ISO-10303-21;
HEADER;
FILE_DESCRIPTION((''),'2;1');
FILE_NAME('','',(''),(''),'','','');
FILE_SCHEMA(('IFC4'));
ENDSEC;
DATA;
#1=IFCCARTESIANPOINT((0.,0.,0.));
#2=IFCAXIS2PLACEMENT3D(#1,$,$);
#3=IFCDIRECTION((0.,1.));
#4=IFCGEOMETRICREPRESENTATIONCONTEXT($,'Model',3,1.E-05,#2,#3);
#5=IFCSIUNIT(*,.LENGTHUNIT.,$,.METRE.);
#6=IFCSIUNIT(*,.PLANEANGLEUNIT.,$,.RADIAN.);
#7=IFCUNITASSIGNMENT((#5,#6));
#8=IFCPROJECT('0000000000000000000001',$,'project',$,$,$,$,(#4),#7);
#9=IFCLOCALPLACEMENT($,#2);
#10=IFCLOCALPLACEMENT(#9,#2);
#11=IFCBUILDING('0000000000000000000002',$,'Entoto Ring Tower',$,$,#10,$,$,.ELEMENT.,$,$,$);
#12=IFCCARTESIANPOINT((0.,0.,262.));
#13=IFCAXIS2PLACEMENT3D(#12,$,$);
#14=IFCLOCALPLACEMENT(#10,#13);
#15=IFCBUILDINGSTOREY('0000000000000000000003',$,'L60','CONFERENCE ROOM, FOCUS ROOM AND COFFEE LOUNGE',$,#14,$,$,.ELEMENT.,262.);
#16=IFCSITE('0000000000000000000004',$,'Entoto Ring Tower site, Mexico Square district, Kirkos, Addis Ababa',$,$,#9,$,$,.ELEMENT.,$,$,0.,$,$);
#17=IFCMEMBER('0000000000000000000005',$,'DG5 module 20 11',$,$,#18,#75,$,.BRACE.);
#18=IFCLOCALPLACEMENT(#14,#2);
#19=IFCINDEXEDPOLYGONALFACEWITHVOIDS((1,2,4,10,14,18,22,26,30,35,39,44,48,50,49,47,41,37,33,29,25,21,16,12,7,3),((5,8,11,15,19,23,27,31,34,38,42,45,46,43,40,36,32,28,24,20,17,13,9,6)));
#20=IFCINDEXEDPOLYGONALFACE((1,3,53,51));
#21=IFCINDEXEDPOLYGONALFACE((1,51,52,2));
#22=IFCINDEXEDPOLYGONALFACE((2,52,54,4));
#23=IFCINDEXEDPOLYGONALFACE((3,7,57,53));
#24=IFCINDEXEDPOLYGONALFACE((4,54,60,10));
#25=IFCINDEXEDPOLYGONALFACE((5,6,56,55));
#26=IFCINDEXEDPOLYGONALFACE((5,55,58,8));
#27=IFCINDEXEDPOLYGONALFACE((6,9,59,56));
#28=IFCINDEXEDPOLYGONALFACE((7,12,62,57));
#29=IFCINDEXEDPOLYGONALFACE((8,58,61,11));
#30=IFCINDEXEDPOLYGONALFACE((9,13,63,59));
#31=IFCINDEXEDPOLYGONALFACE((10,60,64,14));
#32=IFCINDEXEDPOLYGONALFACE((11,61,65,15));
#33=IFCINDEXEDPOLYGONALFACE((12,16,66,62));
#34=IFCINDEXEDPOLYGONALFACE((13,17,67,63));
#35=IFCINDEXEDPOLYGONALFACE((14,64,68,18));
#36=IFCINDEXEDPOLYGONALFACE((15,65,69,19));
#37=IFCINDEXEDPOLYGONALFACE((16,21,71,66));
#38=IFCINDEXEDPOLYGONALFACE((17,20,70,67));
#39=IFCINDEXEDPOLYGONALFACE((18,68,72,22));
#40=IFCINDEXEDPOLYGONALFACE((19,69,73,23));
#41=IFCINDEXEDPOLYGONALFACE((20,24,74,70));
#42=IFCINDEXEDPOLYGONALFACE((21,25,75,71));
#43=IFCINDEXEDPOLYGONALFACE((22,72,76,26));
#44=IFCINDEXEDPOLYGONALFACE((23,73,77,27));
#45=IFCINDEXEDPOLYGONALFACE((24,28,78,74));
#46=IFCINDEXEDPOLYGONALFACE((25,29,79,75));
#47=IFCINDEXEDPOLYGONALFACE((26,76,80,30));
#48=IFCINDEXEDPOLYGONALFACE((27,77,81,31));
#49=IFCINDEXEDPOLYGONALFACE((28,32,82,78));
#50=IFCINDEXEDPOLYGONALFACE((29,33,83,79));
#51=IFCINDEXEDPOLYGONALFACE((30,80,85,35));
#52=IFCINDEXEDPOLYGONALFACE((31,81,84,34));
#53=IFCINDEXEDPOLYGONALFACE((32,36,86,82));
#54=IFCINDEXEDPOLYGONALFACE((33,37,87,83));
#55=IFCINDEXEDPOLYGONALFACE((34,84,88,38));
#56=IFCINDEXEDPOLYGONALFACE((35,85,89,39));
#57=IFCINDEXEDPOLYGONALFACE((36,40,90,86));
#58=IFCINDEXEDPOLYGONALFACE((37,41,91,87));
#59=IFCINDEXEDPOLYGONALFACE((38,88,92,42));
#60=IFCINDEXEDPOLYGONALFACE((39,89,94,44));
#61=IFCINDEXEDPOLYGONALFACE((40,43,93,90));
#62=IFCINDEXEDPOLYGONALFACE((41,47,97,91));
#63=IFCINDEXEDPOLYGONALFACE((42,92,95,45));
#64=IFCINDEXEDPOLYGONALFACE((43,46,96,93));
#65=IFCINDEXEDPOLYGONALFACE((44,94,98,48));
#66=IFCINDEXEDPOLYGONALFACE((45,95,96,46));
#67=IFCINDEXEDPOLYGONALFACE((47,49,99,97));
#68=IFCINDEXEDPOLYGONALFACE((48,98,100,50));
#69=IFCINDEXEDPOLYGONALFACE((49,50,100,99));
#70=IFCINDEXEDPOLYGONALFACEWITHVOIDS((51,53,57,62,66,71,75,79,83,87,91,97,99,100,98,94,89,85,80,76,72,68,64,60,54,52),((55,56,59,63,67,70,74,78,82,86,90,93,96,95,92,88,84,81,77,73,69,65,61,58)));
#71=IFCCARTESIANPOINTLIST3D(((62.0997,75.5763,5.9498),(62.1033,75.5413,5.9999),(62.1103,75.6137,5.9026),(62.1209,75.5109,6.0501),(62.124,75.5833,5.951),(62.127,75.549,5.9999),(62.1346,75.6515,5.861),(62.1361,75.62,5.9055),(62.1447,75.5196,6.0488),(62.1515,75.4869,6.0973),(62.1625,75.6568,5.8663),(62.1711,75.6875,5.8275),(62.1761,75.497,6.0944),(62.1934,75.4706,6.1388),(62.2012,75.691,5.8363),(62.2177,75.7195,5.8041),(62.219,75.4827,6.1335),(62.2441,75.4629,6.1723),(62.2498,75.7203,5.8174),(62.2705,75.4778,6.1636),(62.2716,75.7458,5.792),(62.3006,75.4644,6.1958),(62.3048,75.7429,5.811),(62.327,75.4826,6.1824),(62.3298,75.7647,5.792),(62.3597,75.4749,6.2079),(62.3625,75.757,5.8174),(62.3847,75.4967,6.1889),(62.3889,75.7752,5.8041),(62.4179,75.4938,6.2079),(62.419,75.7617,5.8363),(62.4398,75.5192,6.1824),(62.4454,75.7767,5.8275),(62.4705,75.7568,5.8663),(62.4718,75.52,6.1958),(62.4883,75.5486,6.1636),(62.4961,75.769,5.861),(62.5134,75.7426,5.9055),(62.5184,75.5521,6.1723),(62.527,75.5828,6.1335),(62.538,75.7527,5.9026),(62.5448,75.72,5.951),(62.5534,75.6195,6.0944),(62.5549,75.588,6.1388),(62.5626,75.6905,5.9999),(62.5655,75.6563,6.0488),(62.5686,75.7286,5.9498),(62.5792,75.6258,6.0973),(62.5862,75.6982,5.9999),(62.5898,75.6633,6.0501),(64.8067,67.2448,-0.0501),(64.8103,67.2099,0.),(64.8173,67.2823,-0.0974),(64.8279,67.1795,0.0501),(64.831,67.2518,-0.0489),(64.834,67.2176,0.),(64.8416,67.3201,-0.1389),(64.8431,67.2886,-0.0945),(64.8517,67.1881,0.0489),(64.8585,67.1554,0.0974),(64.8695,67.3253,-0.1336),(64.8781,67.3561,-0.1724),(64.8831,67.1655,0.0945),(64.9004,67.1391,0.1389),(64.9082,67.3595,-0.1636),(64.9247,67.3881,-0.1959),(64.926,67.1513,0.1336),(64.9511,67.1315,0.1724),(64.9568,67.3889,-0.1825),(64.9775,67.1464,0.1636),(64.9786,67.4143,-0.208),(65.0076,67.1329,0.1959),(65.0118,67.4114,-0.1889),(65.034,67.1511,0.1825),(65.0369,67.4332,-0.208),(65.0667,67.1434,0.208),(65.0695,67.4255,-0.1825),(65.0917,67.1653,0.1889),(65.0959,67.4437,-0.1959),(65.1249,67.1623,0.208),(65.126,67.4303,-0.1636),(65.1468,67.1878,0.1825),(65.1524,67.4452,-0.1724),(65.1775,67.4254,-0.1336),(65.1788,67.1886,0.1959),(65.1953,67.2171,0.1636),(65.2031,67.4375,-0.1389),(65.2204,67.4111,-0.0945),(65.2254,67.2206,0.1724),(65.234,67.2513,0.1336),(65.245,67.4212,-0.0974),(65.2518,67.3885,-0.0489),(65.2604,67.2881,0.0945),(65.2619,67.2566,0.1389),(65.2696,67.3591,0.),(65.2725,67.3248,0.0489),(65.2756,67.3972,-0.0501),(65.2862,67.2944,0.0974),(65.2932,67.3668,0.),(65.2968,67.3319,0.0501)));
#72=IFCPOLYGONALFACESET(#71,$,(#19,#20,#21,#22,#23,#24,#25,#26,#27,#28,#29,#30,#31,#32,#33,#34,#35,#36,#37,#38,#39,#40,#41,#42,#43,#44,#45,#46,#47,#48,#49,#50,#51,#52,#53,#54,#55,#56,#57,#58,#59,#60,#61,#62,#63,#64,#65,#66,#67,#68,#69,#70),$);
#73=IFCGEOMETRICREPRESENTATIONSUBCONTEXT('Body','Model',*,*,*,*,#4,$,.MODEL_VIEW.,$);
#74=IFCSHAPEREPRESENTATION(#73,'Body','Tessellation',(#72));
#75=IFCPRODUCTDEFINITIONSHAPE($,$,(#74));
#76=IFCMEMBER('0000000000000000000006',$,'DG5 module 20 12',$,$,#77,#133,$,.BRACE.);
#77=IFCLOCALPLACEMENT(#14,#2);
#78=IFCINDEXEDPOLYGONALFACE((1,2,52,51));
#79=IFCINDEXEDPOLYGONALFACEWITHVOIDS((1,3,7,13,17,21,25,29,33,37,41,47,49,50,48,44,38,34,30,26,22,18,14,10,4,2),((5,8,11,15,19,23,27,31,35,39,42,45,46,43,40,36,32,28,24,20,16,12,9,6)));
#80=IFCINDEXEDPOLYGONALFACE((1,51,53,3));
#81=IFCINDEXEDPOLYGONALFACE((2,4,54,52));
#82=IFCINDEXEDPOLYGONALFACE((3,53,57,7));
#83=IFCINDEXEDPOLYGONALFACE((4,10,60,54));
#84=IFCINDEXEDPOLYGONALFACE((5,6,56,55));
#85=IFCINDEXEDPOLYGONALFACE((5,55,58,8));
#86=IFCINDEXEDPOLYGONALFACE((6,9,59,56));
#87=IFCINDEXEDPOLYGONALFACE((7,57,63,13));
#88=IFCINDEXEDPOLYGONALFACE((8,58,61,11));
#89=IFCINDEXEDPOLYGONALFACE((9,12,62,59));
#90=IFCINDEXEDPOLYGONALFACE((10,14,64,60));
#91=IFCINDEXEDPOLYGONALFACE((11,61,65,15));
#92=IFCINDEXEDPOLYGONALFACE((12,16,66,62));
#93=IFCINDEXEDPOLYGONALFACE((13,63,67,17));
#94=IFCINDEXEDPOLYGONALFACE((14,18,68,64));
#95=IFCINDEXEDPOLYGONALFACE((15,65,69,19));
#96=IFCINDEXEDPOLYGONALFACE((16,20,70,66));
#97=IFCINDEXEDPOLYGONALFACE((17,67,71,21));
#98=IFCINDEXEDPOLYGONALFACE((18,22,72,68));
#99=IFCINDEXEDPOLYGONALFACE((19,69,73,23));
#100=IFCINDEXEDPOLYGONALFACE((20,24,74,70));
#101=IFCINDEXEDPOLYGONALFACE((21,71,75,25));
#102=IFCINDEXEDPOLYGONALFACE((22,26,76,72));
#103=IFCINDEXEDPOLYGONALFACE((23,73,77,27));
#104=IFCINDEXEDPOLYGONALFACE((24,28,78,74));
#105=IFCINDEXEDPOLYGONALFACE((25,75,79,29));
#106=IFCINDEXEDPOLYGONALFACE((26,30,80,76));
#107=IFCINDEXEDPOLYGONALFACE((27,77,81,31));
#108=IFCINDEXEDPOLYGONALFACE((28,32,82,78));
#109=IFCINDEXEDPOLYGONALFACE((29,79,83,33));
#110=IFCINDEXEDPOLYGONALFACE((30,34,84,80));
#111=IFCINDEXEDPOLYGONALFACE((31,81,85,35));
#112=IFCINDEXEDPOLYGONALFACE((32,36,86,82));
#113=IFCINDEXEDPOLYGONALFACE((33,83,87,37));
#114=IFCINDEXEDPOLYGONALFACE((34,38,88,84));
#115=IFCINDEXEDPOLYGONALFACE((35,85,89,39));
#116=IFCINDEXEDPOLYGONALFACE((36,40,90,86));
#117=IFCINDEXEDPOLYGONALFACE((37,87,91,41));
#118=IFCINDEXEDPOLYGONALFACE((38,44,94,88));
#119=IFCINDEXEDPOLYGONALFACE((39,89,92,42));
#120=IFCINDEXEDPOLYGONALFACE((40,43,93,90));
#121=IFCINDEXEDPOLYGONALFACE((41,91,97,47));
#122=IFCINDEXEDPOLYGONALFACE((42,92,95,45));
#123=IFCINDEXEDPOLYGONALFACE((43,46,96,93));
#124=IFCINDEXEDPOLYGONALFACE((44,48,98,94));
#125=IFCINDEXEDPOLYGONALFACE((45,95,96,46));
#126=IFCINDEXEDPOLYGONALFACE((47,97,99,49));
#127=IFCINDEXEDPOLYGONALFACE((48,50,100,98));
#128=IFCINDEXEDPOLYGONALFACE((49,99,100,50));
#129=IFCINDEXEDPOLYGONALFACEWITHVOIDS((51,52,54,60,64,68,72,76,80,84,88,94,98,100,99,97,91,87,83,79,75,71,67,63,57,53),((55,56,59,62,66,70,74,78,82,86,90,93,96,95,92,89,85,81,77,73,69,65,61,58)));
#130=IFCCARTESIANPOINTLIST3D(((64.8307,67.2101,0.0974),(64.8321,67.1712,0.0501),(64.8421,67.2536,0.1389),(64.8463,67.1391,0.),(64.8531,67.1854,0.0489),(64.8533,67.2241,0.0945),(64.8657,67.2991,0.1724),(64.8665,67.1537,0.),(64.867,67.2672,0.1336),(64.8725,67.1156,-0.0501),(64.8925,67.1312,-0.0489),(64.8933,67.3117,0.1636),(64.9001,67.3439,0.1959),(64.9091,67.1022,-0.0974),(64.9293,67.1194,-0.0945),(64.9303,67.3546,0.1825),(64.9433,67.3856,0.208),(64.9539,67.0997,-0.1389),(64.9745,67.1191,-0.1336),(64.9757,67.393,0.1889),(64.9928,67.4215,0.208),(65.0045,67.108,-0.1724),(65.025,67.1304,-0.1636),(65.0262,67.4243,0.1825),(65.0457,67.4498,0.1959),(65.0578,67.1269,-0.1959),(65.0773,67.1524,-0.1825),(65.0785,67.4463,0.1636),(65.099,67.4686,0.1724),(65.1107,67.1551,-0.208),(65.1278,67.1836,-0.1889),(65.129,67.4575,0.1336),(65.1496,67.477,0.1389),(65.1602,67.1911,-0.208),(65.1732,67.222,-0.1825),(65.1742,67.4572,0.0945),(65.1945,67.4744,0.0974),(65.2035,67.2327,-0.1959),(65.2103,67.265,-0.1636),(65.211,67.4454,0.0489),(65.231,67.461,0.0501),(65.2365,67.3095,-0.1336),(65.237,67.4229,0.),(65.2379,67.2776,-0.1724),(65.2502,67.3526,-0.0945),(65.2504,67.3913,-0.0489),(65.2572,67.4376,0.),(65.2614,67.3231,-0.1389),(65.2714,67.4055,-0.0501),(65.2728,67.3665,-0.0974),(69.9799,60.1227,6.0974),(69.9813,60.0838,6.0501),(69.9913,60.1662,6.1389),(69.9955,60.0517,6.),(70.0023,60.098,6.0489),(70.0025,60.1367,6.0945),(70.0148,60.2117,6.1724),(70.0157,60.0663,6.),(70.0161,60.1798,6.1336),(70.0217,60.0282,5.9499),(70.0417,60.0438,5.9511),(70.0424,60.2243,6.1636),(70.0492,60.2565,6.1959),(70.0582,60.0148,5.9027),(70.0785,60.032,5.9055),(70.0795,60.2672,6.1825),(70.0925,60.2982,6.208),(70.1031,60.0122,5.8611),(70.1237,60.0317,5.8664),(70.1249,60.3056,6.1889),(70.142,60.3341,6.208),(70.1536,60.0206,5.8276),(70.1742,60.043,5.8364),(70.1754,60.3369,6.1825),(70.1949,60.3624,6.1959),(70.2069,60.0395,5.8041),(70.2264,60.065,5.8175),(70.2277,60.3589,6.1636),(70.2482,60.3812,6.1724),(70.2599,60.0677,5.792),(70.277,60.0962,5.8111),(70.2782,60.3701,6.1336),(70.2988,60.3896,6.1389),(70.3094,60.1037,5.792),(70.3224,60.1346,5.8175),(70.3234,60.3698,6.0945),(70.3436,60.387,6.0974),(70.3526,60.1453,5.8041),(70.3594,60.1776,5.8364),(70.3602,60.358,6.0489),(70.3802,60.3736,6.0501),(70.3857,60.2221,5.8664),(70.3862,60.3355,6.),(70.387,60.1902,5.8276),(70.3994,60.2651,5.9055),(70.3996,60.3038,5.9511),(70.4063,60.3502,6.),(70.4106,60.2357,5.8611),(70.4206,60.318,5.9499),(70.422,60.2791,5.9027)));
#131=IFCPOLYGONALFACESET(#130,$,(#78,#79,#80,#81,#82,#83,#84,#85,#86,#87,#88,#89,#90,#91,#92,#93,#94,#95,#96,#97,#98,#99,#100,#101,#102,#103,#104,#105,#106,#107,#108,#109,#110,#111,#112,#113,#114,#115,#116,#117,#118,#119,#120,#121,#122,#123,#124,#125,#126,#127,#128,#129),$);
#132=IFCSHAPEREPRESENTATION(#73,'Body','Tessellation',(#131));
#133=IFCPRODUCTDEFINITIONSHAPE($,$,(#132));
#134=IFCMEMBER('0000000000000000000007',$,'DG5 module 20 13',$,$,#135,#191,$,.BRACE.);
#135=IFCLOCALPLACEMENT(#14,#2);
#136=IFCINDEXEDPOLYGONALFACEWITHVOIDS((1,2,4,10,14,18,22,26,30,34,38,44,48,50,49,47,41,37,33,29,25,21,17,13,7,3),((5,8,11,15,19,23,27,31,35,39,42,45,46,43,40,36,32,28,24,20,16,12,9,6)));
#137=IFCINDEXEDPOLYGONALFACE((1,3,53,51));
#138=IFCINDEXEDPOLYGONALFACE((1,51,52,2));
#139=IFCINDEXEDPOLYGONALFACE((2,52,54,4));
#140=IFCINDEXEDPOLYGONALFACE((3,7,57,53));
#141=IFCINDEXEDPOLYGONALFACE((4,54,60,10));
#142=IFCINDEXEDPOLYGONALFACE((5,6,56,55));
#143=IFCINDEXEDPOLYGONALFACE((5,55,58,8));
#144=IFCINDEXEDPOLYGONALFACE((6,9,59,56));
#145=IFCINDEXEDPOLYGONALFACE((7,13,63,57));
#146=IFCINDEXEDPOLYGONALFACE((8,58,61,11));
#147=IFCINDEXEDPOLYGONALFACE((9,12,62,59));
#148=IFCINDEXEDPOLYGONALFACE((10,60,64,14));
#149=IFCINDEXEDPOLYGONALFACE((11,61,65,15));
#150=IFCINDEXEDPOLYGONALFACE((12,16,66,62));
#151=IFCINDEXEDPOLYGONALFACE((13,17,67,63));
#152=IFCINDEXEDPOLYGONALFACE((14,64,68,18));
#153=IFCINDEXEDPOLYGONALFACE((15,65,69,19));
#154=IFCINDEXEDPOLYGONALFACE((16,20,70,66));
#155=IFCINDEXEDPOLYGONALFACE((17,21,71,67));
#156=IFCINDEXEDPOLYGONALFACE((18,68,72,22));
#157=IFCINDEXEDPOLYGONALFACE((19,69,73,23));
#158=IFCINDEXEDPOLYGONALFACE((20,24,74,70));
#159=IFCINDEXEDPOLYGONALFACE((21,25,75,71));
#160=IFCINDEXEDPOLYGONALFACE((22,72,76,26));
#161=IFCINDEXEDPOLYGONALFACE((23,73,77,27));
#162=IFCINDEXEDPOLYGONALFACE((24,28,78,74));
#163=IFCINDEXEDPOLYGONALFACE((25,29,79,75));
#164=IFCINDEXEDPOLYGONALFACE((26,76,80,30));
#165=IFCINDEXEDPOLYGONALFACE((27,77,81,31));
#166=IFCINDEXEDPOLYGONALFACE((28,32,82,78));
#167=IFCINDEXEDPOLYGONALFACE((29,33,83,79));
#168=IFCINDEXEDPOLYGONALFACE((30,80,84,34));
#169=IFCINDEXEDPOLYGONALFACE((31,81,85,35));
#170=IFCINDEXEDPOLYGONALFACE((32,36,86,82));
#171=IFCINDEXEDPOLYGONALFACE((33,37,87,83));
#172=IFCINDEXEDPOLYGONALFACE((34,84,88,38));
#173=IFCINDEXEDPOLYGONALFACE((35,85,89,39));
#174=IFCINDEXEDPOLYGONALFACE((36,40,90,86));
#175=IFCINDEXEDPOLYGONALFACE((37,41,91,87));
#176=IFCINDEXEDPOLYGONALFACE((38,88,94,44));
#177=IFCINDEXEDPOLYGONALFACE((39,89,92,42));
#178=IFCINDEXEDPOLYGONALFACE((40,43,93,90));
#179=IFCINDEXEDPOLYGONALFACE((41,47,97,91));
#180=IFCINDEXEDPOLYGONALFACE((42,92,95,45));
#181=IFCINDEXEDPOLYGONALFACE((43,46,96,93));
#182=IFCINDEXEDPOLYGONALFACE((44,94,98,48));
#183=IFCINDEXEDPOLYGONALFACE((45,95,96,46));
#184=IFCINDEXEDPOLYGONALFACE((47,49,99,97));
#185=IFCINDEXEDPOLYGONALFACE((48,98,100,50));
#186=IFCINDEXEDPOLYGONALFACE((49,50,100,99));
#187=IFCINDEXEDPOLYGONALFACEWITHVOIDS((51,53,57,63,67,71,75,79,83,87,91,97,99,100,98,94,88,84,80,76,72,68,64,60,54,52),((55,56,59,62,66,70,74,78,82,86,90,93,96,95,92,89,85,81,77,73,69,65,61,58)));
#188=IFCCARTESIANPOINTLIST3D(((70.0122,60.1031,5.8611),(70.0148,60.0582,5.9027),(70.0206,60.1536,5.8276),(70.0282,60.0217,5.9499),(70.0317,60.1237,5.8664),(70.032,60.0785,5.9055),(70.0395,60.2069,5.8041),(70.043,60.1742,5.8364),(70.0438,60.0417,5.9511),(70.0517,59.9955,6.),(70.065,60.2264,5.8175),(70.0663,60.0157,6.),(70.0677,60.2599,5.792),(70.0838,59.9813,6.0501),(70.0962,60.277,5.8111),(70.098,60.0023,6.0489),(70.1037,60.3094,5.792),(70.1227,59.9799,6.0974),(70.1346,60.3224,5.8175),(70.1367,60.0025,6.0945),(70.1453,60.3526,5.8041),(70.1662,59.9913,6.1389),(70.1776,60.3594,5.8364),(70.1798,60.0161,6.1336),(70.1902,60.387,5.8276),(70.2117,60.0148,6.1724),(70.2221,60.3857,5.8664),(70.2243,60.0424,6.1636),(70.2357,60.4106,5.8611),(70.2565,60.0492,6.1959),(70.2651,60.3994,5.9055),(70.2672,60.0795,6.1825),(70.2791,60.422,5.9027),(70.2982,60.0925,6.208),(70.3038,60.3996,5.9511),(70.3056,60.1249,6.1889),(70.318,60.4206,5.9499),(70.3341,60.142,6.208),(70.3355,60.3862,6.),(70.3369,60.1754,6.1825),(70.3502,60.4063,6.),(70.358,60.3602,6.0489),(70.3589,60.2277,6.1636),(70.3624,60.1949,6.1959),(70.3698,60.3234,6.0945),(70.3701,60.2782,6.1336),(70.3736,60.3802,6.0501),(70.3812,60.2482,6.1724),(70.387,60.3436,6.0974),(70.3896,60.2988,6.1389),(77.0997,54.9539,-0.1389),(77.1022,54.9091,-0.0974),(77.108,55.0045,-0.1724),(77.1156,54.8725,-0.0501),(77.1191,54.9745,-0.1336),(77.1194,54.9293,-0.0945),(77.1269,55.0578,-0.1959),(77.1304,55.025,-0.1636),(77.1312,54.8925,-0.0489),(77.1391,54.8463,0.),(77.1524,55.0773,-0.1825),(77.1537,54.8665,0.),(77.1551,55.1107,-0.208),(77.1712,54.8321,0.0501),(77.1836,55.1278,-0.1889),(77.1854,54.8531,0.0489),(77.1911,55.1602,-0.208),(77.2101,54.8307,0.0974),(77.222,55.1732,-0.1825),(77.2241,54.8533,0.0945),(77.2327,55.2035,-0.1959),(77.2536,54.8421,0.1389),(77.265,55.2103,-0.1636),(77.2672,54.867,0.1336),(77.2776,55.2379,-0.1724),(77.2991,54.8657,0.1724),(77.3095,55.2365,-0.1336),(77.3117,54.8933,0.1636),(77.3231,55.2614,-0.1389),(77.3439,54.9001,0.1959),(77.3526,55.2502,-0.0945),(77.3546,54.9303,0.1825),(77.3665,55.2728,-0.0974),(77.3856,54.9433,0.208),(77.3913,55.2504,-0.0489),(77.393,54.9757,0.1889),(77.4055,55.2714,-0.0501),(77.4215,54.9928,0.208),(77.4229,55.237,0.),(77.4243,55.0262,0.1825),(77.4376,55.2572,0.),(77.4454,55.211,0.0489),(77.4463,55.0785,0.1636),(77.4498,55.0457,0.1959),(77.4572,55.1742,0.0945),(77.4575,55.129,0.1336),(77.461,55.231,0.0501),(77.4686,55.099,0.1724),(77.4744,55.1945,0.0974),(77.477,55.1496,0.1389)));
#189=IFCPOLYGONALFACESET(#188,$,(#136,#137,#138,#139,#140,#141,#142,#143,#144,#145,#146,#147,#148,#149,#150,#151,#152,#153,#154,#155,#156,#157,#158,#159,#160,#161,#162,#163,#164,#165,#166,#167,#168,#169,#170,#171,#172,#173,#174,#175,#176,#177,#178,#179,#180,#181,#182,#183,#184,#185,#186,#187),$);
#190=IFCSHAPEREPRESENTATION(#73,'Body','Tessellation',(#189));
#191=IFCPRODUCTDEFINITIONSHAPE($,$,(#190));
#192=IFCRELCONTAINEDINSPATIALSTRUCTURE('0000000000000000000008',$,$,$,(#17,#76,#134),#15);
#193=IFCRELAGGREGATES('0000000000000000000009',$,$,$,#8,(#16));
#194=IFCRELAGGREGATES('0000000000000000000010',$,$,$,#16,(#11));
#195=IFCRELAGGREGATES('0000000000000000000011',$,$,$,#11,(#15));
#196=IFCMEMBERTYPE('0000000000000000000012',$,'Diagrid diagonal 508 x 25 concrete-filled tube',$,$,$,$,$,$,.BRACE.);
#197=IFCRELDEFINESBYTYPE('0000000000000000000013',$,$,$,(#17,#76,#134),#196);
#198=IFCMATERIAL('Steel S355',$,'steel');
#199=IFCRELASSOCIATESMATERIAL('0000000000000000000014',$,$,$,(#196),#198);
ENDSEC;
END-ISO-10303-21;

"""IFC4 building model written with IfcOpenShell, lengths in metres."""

from ifc_helpers import new_model, si_unit, direction, frame, origin, origin_2d, place, context, subcontext, project, spatial, circle, hollow_circle, extrude, material, material_profile, profile_set, type_object, element, save


model = new_model("IFC4")

# Units and contexts
model_context = context("Model", 3, precision=1e-05, world=origin(), true_north=direction((0.0, 1.0)))
body_context = subcontext(model_context, "Body", "Model", "MODEL_VIEW")
ifc_project = project(units=[si_unit("LENGTHUNIT", "METRE"), si_unit("PLANEANGLEUNIT", "RADIAN")], contexts=[model_context])

# Site, building, storey
site_placement = place(None, origin())
site = spatial("IfcSite", under=ifc_project, at=site_placement, Name="Entoto Ring Tower site, Mexico Square district, Kirkos, Addis Ababa", CompositionType="ELEMENT", RefElevation=0.0)
building_placement = place(site_placement, origin())
building = spatial("IfcBuilding", under=site, at=building_placement, Name="Entoto Ring Tower", CompositionType="ELEMENT")
storey_placement = place(building_placement, frame((0.0, 0.0, 262.0)))
storey = spatial("IfcBuildingStorey", under=building, at=storey_placement, Name="L60", Description="CONFERENCE ROOM, FOCUS ROOM AND COFFEE LOUNGE", CompositionType="ELEMENT", Elevation=262.0)

# Members
ifc_material_1 = material(Name="Steel S355", Category="steel")
ifc_material_profile_1 = material_profile(ifc_material_1, hollow_circle(Radius=0.2539, WallThickness=0.0249, at=origin_2d()), Name="CHS 508 x 25")
ifc_material_2 = material(Name="Concrete C60/75", Category="concrete")
ifc_material_profile_2 = material_profile(ifc_material_2, circle(Radius=0.229, at=origin_2d()), Name="Concrete C60/75 infill")
ifc_profile_set_1 = profile_set([ifc_material_profile_1, ifc_material_profile_2], Name="Steel S355")
member_type_1 = type_object("IfcMemberType", Name="Diagrid diagonal 508 x 25 concrete-filled tube", PredefinedType="BRACE", material=ifc_profile_set_1)
member_1_placement = place(storey_placement, frame((65.0518, 67.2883, 0.0), z_axis=(-0.254947, 0.78466, 0.565076), x_axis=(-0.951058, -0.309012, 0.0)))
element("IfcMember", 1, at=member_1_placement, inside=storey, type_object=member_type_1, Name="DG5 module 20 11", PredefinedType="BRACE", context=body_context, shape_type="SweptSolid", body=[
    extrude(hollow_circle(Radius=0.2539, WallThickness=0.0249, at=origin_2d()), origin(), (0.0, 0.0, 1.0), 10.6179),
])
for number, where, z_axis, x_axis, name in (
    (2, (65.0518, 67.2883, 0.0), (0.48494, -0.66748, 0.56507), (0.809024, 0.587776, 0.0), "DG5 module 20 12"),
    (3, (77.2883, 55.0518, 0.0), (-0.66748, 0.48494, 0.56507), (-0.587776, -0.809024, 0.0), "DG5 module 20 13"),
):
    element("IfcMember", number, at=place(storey_placement, frame(where, z_axis=z_axis, x_axis=x_axis)), inside=storey, type_object=member_type_1, Name=name, PredefinedType="BRACE", context=body_context, shape_type="SweptSolid", body=[
        extrude(hollow_circle(Radius=0.2539, WallThickness=0.0249, at=origin_2d()), origin(), (0.0, 0.0, 1.0), 10.6182),
    ])

save(model, "model.ifc")
